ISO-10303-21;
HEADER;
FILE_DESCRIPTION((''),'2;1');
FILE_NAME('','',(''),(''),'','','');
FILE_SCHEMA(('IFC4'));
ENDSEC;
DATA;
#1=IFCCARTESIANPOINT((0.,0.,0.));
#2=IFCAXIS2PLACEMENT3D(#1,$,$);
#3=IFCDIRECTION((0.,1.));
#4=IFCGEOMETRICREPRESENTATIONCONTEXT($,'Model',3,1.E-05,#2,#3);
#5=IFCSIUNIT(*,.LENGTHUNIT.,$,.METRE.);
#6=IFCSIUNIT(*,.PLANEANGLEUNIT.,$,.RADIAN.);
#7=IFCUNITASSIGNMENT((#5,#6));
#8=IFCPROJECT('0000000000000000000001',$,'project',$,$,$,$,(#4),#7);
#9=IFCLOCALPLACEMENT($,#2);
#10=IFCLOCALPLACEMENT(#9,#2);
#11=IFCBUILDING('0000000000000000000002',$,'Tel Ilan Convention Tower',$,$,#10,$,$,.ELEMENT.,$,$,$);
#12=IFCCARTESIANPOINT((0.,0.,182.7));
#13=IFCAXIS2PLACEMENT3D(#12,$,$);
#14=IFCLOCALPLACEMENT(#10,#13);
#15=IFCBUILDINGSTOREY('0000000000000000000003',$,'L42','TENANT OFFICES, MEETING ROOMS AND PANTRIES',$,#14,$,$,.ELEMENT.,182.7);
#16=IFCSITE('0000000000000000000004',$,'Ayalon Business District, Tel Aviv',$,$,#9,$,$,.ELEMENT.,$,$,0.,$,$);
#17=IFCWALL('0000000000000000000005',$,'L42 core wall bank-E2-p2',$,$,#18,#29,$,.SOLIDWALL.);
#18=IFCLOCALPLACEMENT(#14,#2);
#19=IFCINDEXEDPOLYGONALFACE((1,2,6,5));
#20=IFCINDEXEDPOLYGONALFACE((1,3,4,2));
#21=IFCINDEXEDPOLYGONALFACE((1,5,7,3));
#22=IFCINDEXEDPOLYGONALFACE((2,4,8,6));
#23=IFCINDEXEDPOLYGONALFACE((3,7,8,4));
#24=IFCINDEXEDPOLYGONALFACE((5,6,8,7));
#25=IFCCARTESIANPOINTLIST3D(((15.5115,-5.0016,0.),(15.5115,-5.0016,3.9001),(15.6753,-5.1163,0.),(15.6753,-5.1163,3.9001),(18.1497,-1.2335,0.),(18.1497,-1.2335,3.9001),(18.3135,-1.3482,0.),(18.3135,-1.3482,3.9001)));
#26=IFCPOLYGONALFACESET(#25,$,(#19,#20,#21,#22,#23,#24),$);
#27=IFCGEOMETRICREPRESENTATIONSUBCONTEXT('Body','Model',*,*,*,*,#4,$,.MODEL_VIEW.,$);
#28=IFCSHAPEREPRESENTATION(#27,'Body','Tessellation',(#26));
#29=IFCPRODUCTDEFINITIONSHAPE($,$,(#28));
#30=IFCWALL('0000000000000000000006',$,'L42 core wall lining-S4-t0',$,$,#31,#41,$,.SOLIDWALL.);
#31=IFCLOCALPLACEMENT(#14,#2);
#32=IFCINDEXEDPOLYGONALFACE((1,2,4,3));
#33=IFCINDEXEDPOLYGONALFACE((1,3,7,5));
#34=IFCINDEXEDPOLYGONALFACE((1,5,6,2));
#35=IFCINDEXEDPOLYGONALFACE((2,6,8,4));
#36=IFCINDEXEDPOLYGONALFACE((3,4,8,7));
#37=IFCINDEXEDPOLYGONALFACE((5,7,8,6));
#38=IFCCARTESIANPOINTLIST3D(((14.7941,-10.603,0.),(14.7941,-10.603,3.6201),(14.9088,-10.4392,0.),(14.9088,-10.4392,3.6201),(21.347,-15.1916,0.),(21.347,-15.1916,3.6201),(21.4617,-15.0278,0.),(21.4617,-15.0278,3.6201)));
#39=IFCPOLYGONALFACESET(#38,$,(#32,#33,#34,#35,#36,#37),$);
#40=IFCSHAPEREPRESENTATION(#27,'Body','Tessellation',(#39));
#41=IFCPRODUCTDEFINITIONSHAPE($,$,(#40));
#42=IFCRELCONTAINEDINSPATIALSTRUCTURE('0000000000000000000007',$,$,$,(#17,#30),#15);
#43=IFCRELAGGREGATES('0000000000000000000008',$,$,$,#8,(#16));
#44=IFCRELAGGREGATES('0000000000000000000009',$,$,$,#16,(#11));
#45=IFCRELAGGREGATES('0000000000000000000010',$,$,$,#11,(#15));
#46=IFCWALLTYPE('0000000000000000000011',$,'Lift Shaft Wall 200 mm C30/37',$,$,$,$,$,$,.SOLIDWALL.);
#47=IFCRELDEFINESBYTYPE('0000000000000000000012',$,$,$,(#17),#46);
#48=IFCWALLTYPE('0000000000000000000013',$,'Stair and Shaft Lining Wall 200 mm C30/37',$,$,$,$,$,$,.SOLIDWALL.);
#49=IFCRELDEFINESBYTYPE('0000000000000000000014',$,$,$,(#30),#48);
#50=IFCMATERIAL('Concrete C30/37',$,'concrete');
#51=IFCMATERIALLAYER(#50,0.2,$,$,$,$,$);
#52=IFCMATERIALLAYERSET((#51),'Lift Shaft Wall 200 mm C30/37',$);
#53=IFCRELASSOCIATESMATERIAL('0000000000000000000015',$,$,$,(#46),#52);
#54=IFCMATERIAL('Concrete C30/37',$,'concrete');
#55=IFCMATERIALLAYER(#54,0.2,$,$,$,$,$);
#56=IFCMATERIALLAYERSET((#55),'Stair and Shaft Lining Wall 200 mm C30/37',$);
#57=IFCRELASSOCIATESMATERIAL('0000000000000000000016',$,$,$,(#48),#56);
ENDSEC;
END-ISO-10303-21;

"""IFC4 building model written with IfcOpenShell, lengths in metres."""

from ifc_helpers import new_model, si_unit, direction, frame, frame_2d, origin, place, context, subcontext, project, spatial, rectangle, extrude, material, layer, layer_set, type_object, element, save


model = new_model("IFC4")

# Units and contexts
model_context = context("Model", 3, precision=1e-05, world=origin(), true_north=direction((0.0, 1.0)))
body_context = subcontext(model_context, "Body", "Model", "MODEL_VIEW")
ifc_project = project(units=[si_unit("LENGTHUNIT", "METRE"), si_unit("PLANEANGLEUNIT", "RADIAN")], contexts=[model_context])

# Site, building, storey
site_placement = place(None, origin())
site = spatial("IfcSite", under=ifc_project, at=site_placement, Name="Ayalon Business District, Tel Aviv", CompositionType="ELEMENT", RefElevation=0.0)
building_placement = place(site_placement, origin())
building = spatial("IfcBuilding", under=site, at=building_placement, Name="Tel Ilan Convention Tower", CompositionType="ELEMENT")
storey_placement = place(building_placement, frame((0.0, 0.0, 182.7)))
storey = spatial("IfcBuildingStorey", under=building, at=storey_placement, Name="L42", Description="TENANT OFFICES, MEETING ROOMS AND PANTRIES", CompositionType="ELEMENT", Elevation=182.7)

# Walls
ifc_material_1 = material(Name="Concrete C30/37", Category="concrete")
ifc_layer_1 = layer(ifc_material_1, 0.2)
ifc_layer_set_1 = layer_set([ifc_layer_1], Name="Lift Shaft Wall 200 mm C30/37")
wall_type_1 = type_object("IfcWallType", Name="Lift Shaft Wall 200 mm C30/37", PredefinedType="SOLIDWALL", material=ifc_layer_set_1)
for number, where, z_axis, x_axis, name in (
    (1, (15.5935, -5.0588, 0.0), (0.0, 0.0, 1.0), (0.573541, 0.819177, 0.0), "L42 core wall bank-E2-p2"),
):
    element("IfcWall", number, at=place(storey_placement, frame(where, z_axis=z_axis, x_axis=x_axis)), inside=storey, type_object=wall_type_1, Name=name, PredefinedType="SOLIDWALL", context=body_context, shape_type="SweptSolid", body=[
        extrude(rectangle(XDim=4.5999, YDim=0.2, at=frame_2d((2.2998, 0.0))), origin(), (0.0, 0.0, 1.0), 3.9001),
    ])
ifc_material_2 = material(Name="Concrete C30/37", Category="concrete")
ifc_layer_2 = layer(ifc_material_2, 0.2)
ifc_layer_set_2 = layer_set([ifc_layer_2], Name="Stair and Shaft Lining Wall 200 mm C30/37")
wall_type_2 = type_object("IfcWallType", Name="Stair and Shaft Lining Wall 200 mm C30/37", PredefinedType="SOLIDWALL", material=ifc_layer_set_2)
wall_1_placement = place(storey_placement, frame((14.8513, -10.521, 0.0), z_axis=(0.0, 0.0, 1.0), x_axis=(0.819142, -0.573591, 0.0)))
element("IfcWall", 2, at=wall_1_placement, inside=storey, type_object=wall_type_2, Name="L42 core wall lining-S4-t0", PredefinedType="SOLIDWALL", context=body_context, shape_type="SweptSolid", body=[
    extrude(rectangle(XDim=7.9998, YDim=0.2, at=frame_2d((4.0, 0.0))), origin(), (0.0, 0.0, 1.0), 3.6201),
])

save(model, "model.ifc")
